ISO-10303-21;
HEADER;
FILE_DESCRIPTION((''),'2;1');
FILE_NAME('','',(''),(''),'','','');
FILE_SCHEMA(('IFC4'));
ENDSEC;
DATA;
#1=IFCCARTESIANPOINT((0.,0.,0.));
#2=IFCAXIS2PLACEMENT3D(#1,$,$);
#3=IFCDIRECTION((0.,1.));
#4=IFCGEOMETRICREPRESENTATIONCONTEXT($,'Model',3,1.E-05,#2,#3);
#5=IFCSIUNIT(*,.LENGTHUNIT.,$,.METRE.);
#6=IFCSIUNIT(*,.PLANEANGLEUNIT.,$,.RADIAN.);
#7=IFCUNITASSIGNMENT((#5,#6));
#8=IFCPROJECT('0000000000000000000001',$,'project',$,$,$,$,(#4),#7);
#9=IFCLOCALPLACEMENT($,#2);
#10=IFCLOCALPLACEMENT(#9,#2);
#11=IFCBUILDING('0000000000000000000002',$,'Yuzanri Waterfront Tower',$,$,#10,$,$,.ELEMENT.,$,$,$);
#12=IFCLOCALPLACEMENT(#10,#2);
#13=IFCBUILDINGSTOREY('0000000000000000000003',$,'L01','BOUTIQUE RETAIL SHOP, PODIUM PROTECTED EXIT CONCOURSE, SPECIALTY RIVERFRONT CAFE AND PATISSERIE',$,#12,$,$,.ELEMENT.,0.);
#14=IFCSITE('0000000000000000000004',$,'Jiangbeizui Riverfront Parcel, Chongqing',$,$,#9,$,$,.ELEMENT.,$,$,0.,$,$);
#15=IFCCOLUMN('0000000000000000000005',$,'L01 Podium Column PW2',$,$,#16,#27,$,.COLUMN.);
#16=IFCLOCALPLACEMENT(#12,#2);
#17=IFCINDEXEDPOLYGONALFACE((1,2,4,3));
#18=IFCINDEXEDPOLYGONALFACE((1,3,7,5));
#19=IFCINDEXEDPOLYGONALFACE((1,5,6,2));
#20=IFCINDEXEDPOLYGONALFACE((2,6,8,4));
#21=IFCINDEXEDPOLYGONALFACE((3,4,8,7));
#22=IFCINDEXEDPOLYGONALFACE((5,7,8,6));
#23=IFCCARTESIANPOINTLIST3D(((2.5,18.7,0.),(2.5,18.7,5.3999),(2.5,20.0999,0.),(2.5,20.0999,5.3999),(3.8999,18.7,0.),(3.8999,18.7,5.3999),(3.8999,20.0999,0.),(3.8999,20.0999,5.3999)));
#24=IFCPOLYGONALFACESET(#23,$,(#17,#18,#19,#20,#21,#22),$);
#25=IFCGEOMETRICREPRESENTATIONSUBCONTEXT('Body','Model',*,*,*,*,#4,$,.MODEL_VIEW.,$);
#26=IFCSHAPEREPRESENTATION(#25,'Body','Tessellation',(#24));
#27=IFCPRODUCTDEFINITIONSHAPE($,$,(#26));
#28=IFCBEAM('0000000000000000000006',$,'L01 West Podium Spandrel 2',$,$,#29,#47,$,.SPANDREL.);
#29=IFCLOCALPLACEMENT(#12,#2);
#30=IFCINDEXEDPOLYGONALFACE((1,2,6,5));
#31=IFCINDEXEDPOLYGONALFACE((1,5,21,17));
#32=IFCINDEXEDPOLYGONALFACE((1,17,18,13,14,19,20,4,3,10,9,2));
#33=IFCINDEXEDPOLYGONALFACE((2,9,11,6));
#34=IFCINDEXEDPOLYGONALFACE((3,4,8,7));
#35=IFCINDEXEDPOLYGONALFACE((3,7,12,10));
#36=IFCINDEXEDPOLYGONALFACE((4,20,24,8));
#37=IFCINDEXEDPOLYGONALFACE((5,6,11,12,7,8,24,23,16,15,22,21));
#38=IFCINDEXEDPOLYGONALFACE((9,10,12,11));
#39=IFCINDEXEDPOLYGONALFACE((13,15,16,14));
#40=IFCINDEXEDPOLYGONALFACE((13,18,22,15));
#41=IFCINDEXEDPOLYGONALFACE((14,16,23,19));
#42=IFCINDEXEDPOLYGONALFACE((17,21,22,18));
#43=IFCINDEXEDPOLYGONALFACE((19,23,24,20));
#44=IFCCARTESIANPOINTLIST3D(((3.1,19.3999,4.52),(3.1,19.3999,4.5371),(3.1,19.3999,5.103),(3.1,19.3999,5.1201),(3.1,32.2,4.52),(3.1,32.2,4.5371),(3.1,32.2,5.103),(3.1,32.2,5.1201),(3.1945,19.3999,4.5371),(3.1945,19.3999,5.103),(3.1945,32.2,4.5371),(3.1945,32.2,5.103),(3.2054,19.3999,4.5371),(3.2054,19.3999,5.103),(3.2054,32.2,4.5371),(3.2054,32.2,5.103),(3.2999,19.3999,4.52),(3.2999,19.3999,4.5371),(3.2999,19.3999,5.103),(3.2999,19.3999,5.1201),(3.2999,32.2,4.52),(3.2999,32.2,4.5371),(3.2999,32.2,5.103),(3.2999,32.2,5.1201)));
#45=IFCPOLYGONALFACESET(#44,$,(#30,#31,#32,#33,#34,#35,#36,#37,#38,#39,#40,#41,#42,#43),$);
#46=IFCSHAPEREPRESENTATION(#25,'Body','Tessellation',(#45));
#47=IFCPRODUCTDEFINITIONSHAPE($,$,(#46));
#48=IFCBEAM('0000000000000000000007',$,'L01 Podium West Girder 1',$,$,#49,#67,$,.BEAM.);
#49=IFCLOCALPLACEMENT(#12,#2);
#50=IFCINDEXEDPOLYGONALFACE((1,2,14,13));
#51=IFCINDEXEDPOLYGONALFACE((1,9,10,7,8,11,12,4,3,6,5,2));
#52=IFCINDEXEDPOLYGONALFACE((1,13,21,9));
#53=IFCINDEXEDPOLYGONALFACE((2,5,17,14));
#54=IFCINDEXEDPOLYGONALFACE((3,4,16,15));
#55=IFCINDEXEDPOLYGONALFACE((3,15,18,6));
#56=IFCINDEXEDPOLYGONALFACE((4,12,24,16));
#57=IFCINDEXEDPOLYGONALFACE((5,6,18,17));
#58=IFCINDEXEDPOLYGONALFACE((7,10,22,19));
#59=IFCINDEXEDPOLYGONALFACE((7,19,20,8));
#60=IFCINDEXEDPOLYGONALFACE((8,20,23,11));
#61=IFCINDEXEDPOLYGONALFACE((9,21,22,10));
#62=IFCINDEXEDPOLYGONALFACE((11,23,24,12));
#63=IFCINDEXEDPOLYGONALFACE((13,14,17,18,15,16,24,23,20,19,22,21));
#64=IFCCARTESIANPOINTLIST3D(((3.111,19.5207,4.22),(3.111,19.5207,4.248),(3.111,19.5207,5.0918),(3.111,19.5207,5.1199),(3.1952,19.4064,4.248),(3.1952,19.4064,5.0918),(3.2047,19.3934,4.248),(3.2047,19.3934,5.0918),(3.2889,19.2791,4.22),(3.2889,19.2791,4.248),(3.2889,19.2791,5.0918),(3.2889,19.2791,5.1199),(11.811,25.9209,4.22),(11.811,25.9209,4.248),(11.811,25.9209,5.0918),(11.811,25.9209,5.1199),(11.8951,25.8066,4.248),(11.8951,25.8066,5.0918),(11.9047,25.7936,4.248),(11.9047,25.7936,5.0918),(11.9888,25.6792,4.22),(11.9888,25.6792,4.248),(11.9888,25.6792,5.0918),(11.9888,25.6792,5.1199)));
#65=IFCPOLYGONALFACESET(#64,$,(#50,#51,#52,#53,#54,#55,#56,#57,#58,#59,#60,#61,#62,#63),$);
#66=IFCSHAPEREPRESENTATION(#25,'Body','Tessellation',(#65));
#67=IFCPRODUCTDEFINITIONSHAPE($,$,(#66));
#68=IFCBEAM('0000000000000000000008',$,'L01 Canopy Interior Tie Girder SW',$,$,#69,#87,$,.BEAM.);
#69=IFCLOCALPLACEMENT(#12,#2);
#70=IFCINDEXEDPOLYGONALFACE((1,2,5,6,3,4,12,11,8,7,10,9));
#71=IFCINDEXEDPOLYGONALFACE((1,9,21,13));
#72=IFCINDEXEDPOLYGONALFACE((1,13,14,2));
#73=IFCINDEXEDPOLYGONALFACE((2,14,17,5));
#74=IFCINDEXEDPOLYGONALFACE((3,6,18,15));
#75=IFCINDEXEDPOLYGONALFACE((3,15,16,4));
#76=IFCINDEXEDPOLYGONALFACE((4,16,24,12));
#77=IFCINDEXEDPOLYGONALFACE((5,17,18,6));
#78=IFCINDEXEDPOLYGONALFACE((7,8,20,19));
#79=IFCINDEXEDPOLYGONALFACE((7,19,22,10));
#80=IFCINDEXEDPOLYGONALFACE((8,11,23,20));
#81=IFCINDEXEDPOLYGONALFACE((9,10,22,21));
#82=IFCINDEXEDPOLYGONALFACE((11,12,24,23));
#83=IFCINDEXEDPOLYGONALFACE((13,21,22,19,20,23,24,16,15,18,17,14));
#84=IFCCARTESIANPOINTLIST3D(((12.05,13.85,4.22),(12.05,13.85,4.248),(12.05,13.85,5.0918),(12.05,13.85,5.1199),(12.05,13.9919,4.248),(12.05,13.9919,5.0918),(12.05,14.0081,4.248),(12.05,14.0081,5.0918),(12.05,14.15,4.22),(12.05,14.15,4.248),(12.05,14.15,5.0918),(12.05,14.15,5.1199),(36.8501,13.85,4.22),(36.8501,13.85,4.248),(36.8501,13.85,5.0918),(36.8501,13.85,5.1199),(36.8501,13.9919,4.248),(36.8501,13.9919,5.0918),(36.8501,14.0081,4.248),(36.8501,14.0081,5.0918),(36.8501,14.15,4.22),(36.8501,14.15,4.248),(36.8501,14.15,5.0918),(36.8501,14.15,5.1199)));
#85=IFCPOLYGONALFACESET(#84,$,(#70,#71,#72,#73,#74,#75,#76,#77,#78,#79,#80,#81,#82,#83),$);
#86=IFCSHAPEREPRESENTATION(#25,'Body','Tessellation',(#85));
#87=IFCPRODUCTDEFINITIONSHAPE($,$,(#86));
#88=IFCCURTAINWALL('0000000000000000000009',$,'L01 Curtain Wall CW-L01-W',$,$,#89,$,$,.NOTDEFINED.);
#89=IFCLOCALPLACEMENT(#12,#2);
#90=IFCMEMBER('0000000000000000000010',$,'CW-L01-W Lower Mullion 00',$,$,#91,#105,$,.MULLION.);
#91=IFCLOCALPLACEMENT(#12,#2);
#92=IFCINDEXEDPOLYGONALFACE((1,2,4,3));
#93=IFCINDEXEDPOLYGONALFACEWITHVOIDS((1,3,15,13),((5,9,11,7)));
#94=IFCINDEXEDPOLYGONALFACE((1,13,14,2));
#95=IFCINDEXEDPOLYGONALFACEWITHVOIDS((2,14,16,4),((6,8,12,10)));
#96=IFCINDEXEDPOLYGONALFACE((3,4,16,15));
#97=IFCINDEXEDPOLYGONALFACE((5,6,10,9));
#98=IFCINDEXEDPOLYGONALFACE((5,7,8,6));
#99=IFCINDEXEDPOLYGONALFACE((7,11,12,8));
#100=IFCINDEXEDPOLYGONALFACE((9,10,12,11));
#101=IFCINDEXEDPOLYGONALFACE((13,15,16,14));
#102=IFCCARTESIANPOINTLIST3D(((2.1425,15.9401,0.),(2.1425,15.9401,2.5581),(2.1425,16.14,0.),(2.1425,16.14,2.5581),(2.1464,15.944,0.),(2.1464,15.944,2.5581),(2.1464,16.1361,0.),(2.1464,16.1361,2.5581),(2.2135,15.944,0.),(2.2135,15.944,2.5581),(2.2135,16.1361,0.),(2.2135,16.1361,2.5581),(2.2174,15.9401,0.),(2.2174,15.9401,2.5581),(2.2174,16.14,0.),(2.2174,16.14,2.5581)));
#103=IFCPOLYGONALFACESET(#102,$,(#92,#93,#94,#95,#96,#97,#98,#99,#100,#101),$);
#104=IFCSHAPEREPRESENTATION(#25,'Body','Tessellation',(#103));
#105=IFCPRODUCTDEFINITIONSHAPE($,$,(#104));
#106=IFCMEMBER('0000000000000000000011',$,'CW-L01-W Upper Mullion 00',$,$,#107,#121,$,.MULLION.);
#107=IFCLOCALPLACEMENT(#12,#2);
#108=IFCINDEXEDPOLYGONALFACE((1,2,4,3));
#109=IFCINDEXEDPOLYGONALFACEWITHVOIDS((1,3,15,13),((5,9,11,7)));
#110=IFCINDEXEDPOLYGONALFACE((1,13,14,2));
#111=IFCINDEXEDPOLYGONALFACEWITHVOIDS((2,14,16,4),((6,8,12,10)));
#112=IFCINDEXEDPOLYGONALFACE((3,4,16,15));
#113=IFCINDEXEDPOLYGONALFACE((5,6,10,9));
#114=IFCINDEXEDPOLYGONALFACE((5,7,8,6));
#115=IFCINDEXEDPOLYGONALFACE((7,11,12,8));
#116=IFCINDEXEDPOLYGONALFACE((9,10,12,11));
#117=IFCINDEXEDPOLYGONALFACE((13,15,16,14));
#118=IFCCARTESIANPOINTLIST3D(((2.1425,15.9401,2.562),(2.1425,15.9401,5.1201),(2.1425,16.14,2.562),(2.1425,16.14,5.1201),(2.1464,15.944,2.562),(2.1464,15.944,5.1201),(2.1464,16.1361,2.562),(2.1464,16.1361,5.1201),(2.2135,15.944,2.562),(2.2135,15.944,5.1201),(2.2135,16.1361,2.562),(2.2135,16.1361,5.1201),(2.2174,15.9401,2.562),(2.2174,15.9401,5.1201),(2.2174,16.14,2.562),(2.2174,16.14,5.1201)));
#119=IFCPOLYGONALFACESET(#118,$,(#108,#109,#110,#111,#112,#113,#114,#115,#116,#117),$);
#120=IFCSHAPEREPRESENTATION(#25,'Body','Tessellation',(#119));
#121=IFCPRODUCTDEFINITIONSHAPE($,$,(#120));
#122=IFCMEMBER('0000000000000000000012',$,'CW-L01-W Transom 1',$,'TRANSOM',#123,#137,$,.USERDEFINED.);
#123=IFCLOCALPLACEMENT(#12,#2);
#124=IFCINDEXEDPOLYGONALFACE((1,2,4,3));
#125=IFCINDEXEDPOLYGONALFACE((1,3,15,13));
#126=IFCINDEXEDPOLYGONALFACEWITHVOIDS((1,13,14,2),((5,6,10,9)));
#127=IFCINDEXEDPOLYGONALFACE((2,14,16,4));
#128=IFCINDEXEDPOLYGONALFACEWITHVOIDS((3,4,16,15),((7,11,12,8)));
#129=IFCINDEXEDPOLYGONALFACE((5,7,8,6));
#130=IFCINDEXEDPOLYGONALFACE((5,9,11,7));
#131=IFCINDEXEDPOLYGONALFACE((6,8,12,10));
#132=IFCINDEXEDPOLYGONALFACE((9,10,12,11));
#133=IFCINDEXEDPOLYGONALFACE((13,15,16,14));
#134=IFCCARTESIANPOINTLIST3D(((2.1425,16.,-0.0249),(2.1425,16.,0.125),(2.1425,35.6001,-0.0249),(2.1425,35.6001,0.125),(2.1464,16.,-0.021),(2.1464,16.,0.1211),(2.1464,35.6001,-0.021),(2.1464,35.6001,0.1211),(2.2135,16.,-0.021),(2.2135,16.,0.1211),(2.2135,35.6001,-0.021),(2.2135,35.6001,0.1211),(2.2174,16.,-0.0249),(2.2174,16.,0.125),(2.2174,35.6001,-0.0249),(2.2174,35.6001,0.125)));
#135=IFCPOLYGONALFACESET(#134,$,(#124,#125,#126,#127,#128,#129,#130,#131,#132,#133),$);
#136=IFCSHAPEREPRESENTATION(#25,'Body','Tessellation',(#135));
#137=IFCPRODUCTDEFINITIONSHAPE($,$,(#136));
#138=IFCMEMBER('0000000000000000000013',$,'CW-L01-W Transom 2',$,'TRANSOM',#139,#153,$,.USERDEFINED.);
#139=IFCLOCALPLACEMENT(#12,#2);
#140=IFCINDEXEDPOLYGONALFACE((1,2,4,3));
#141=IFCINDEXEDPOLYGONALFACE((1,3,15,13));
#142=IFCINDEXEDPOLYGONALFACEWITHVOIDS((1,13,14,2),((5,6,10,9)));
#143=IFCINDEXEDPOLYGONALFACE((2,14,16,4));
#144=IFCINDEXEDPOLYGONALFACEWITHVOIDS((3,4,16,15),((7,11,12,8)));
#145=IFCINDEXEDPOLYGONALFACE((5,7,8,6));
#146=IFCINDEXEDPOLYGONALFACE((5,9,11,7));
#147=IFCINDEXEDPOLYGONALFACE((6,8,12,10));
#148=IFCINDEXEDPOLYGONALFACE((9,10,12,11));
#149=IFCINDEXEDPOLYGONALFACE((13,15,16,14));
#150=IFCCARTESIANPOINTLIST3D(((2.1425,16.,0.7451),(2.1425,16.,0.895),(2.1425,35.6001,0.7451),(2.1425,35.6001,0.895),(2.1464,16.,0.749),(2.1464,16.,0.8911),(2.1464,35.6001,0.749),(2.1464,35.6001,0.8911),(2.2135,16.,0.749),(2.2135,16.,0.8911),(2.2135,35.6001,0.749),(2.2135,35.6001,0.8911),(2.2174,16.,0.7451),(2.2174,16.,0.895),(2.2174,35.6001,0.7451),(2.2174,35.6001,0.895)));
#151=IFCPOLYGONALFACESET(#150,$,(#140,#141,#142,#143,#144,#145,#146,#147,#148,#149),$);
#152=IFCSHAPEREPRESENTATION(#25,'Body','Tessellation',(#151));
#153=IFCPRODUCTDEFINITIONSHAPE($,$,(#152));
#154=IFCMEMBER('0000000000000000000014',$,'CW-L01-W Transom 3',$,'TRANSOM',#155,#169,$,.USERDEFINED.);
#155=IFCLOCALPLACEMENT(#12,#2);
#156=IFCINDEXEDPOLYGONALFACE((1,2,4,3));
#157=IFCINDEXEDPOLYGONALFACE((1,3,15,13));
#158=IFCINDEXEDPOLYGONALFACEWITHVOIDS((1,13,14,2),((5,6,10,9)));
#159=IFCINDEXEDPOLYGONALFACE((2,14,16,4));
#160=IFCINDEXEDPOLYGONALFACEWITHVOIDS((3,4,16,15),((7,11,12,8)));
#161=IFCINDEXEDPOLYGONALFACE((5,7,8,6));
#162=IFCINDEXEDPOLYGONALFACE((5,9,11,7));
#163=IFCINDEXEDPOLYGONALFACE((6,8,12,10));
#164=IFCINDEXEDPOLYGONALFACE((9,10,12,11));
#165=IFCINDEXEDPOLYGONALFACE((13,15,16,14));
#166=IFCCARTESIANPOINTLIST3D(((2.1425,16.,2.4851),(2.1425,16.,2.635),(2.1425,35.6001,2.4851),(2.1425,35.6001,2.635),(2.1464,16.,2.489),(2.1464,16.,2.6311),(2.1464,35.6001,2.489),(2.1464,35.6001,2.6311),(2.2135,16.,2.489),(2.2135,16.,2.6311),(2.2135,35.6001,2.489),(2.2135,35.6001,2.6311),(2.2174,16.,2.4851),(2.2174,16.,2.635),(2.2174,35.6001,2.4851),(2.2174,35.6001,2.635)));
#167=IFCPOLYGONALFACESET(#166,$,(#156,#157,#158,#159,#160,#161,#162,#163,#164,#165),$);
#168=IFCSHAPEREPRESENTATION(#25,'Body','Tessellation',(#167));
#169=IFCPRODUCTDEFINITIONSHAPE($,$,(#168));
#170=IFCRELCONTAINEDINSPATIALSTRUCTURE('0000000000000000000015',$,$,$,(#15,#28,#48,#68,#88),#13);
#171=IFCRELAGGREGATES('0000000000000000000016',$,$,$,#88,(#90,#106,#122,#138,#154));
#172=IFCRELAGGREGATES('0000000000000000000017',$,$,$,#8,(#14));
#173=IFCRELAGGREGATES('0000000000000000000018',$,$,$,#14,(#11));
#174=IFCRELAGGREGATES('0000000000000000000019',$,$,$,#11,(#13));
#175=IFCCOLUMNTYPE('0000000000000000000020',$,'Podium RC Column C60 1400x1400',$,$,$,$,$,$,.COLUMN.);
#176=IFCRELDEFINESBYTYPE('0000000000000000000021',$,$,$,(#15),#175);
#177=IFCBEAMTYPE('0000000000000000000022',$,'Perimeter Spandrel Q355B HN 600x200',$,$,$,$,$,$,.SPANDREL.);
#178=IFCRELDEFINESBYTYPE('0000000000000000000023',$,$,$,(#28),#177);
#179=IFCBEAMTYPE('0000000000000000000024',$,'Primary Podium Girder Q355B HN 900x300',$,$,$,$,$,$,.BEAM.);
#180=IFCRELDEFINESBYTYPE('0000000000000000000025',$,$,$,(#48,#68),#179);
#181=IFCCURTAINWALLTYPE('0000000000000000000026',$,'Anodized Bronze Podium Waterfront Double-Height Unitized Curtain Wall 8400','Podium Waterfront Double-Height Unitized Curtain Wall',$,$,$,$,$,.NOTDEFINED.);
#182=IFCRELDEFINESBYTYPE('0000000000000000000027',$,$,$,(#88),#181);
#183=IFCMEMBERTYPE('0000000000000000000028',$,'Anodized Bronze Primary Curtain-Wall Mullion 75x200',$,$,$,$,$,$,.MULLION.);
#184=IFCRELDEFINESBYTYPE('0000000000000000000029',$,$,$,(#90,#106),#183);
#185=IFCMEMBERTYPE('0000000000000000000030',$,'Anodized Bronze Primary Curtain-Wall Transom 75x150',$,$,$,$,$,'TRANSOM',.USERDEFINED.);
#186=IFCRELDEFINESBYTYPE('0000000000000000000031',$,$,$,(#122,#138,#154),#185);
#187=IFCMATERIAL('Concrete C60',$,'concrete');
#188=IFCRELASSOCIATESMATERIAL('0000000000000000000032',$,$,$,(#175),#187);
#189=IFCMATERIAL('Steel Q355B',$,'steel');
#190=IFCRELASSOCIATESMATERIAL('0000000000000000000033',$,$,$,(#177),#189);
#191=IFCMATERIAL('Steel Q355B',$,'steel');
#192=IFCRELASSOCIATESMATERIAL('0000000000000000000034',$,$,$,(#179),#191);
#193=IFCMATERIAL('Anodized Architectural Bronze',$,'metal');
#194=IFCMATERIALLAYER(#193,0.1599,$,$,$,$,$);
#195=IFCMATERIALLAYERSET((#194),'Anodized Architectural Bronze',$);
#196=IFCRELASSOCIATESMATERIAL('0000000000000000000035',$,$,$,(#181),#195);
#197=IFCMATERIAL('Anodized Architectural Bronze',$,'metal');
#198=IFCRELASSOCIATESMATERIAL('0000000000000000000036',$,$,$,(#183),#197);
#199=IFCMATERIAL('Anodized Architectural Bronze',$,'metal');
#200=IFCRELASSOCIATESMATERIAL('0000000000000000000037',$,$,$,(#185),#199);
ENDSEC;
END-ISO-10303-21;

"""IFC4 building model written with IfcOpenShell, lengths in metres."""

from ifc_helpers import new_model, si_unit, direction, frame, origin, origin_2d, place, context, subcontext, project, spatial, rectangle, hollow_rectangle, i_section, extrude, source, transform, mapped, material, layer, layer_set, material_profile, profile_set, type_object, element, aggregate, save


model = new_model("IFC4")

# Units and contexts
model_context = context("Model", 3, precision=1e-05, world=origin(), true_north=direction((0.0, 1.0)))
body_context = subcontext(model_context, "Body", "Model", "MODEL_VIEW")
ifc_project = project(units=[si_unit("LENGTHUNIT", "METRE"), si_unit("PLANEANGLEUNIT", "RADIAN")], contexts=[model_context])

# Site, building, storey
site_placement = place(None, origin())
site = spatial("IfcSite", under=ifc_project, at=site_placement, Name="Jiangbeizui Riverfront Parcel, Chongqing", CompositionType="ELEMENT", RefElevation=0.0)
building_placement = place(site_placement, origin())
building = spatial("IfcBuilding", under=site, at=building_placement, Name="Yuzanri Waterfront Tower", CompositionType="ELEMENT")
storey_placement = place(building_placement, origin())
storey = spatial("IfcBuildingStorey", under=building, at=storey_placement, Name="L01", Description="BOUTIQUE RETAIL SHOP, PODIUM PROTECTED EXIT CONCOURSE, SPECIALTY RIVERFRONT CAFE AND PATISSERIE", CompositionType="ELEMENT", Elevation=0.0)

# Column
ifc_material_1 = material(Name="Concrete C60", Category="concrete")
ifc_material_profile_1 = material_profile(ifc_material_1, rectangle(XDim=1.3999, YDim=1.3999, at=origin_2d()), Name="RC 1400x1400")
ifc_profile_set_1 = profile_set([ifc_material_profile_1], Name="Concrete C60")
column_type = type_object("IfcColumnType", Name="Podium RC Column C60 1400x1400", PredefinedType="COLUMN", material=ifc_profile_set_1)
shared_shape_1 = source(origin(), body_context, "Body", "SweptSolid", [
    extrude(rectangle(XDim=1.3999, YDim=1.3999, at=origin_2d()), origin(), (0.0, 0.0, 1.0), 5.3999),
])
column_placement = place(storey_placement, frame((3.2, 19.3999, 0.0), z_axis=(0.0, 0.0, 1.0), x_axis=(1.0, 0.0, 0.0)))
element("IfcColumn", 1, at=column_placement, inside=storey, type_object=column_type, Name="L01 Podium Column PW2", PredefinedType="COLUMN", context=body_context, shape_type="MappedRepresentation", body=[
    mapped(shared_shape_1, transform((0.0, 0.0, 0.0), scale=1.0)),
])

# Beams
ifc_material_2 = material(Name="Steel Q355B", Category="steel")
ifc_material_profile_2 = material_profile(ifc_material_2, i_section(OverallWidth=0.2, OverallDepth=0.6001, WebThickness=0.011, FlangeThickness=0.0171, at=origin_2d()), Name="HN 600x200x11x17")
ifc_profile_set_2 = profile_set([ifc_material_profile_2], Name="Steel Q355B")
beam_type_1 = type_object("IfcBeamType", Name="Perimeter Spandrel Q355B HN 600x200", PredefinedType="SPANDREL", material=ifc_profile_set_2)
shared_shape_2 = source(origin(), body_context, "Body", "SweptSolid", [
    extrude(i_section(OverallWidth=0.2, OverallDepth=0.6001, WebThickness=0.011, FlangeThickness=0.0171, at=origin_2d()), origin(), (0.0, 0.0, 1.0), 12.8),
])
beam_1_placement = place(storey_placement, frame((3.2, 19.3999, 4.8201), z_axis=(0.0, 1.0, 0.0), x_axis=(-1.0, 0.0, 0.0)))
element("IfcBeam", 2, at=beam_1_placement, inside=storey, type_object=beam_type_1, Name="L01 West Podium Spandrel 2", PredefinedType="SPANDREL", context=body_context, shape_type="MappedRepresentation", body=[
    mapped(shared_shape_2, transform((0.0, 0.0, 0.0), scale=1.0)),
])
ifc_material_3 = material(Name="Steel Q355B", Category="steel")
ifc_material_profile_3 = material_profile(ifc_material_3, i_section(OverallWidth=0.3, OverallDepth=0.8999, WebThickness=0.0161, FlangeThickness=0.0281, at=origin_2d()), Name="HN 900x300x16x28")
ifc_profile_set_3 = profile_set([ifc_material_profile_3], Name="Steel Q355B")
beam_type_2 = type_object("IfcBeamType", Name="Primary Podium Girder Q355B HN 900x300", PredefinedType="BEAM", material=ifc_profile_set_3)
shared_shape_3 = source(origin(), body_context, "Body", "SweptSolid", [
    extrude(i_section(OverallWidth=0.3, OverallDepth=0.8999, WebThickness=0.0161, FlangeThickness=0.0281, at=origin_2d()), origin(), (0.0, 0.0, 1.0), 10.8005),
])
beam_2_placement = place(storey_placement, frame((3.2, 19.3999, 4.6699), z_axis=(0.805513, 0.592578, 0.0), x_axis=(-0.592578, 0.805513, 0.0)))
element("IfcBeam", 3, at=beam_2_placement, inside=storey, type_object=beam_type_2, Name="L01 Podium West Girder 1", PredefinedType="BEAM", context=body_context, shape_type="MappedRepresentation", body=[
    mapped(shared_shape_3, transform((0.0, 0.0, 0.0), scale=1.0)),
])
shared_shape_4 = source(origin(), body_context, "Body", "SweptSolid", [
    extrude(i_section(OverallWidth=0.3, OverallDepth=0.8999, WebThickness=0.0161, FlangeThickness=0.0281, at=origin_2d()), origin(), (0.0, 0.0, 1.0), 24.8),
])
beam_3_placement = place(storey_placement, frame((12.05, 14.0, 4.6699), z_axis=(1.0, 0.0, 0.0), x_axis=(0.0, 1.0, 0.0)))
element("IfcBeam", 4, at=beam_3_placement, inside=storey, type_object=beam_type_2, Name="L01 Canopy Interior Tie Girder SW", PredefinedType="BEAM", context=body_context, shape_type="MappedRepresentation", body=[
    mapped(shared_shape_4, transform((0.0, 0.0, 0.0), scale=1.0)),
])

# Curtain wall, members
ifc_material_4 = material(Name="Anodized Architectural Bronze", Category="metal")
ifc_layer_1 = layer(ifc_material_4, 0.1599)
ifc_layer_set_1 = layer_set([ifc_layer_1], Name="Anodized Architectural Bronze")
curtain_wall_type = type_object("IfcCurtainWallType", Name="Anodized Bronze Podium Waterfront Double-Height Unitized Curtain Wall 8400", Description="Podium Waterfront Double-Height Unitized Curtain Wall", PredefinedType="NOTDEFINED", material=ifc_layer_set_1)
curtain_wall_placement = place(storey_placement, origin())
curtain_wall = element("IfcCurtainWall", 5, at=curtain_wall_placement, inside=storey, type_object=curtain_wall_type, Name="L01 Curtain Wall CW-L01-W", PredefinedType="NOTDEFINED")
ifc_material_5 = material(Name="Anodized Architectural Bronze", Category="metal")
ifc_material_profile_4 = material_profile(ifc_material_5, hollow_rectangle(XDim=0.075, YDim=0.2, WallThickness=0.0039, at=origin_2d()), Name="CWM 75x200")
ifc_profile_set_4 = profile_set([ifc_material_profile_4], Name="Anodized Architectural Bronze")
member_type_1 = type_object("IfcMemberType", Name="Anodized Bronze Primary Curtain-Wall Mullion 75x200", PredefinedType="MULLION", material=ifc_profile_set_4)
shared_shape_5 = source(origin(), body_context, "Body", "SweptSolid", [
    extrude(hollow_rectangle(XDim=0.075, YDim=0.2, WallThickness=0.0039, at=origin_2d()), origin(), (0.0, 0.0, 1.0), 2.5581),
])
member_1_placement = place(storey_placement, frame((2.1799, 16.04, 0.0), z_axis=(0.0, 0.0, 1.0), x_axis=(1.0, 0.0, 0.0)))
member_1 = element("IfcMember", 6, at=member_1_placement, type_object=member_type_1, Name="CW-L01-W Lower Mullion 00", PredefinedType="MULLION", context=body_context, shape_type="MappedRepresentation", body=[
    mapped(shared_shape_5, transform((0.0, 0.0, 0.0), scale=1.0)),
])
member_2_placement = place(storey_placement, frame((2.1799, 16.04, 2.562), z_axis=(0.0, 0.0, 1.0), x_axis=(1.0, 0.0, 0.0)))
member_2 = element("IfcMember", 7, at=member_2_placement, type_object=member_type_1, Name="CW-L01-W Upper Mullion 00", PredefinedType="MULLION", context=body_context, shape_type="MappedRepresentation", body=[
    mapped(shared_shape_5, transform((0.0, 0.0, 0.0), scale=1.0)),
])
ifc_material_6 = material(Name="Anodized Architectural Bronze", Category="metal")
ifc_material_profile_5 = material_profile(ifc_material_6, hollow_rectangle(XDim=0.075, YDim=0.1499, WallThickness=0.0039, at=origin_2d()), Name="CWT 75x150")
ifc_profile_set_5 = profile_set([ifc_material_profile_5], Name="Anodized Architectural Bronze")
member_type_2 = type_object("IfcMemberType", Name="Anodized Bronze Primary Curtain-Wall Transom 75x150", ElementType="TRANSOM", PredefinedType="USERDEFINED", material=ifc_profile_set_5)
shared_shape_6 = source(origin(), body_context, "Body", "SweptSolid", [
    extrude(hollow_rectangle(XDim=0.075, YDim=0.1499, WallThickness=0.0039, at=origin_2d()), origin(), (0.0, 0.0, 1.0), 19.6001),
])
member_3_placement = place(storey_placement, frame((2.1799, 16.0, 0.05), z_axis=(0.0, 1.0, 0.0), x_axis=(-1.0, 0.0, 0.0)))
member_3 = element("IfcMember", 8, at=member_3_placement, type_object=member_type_2, Name="CW-L01-W Transom 1", ObjectType="TRANSOM", PredefinedType="USERDEFINED", context=body_context, shape_type="MappedRepresentation", body=[
    mapped(shared_shape_6, transform((0.0, 0.0, 0.0), scale=1.0)),
])
member_4_placement = place(storey_placement, frame((2.1799, 16.0, 0.8201), z_axis=(0.0, 1.0, 0.0), x_axis=(-1.0, 0.0, 0.0)))
member_4 = element("IfcMember", 9, at=member_4_placement, type_object=member_type_2, Name="CW-L01-W Transom 2", ObjectType="TRANSOM", PredefinedType="USERDEFINED", context=body_context, shape_type="MappedRepresentation", body=[
    mapped(shared_shape_6, transform((0.0, 0.0, 0.0), scale=1.0)),
])
member_5_placement = place(storey_placement, frame((2.1799, 16.0, 2.5601), z_axis=(0.0, 1.0, 0.0), x_axis=(-1.0, 0.0, 0.0)))
member_5 = element("IfcMember", 10, at=member_5_placement, type_object=member_type_2, Name="CW-L01-W Transom 3", ObjectType="TRANSOM", PredefinedType="USERDEFINED", context=body_context, shape_type="MappedRepresentation", body=[
    mapped(shared_shape_6, transform((0.0, 0.0, 0.0), scale=1.0)),
])

aggregate(curtain_wall, [member_1, member_2, member_3, member_4, member_5])

save(model, "model.ifc")
